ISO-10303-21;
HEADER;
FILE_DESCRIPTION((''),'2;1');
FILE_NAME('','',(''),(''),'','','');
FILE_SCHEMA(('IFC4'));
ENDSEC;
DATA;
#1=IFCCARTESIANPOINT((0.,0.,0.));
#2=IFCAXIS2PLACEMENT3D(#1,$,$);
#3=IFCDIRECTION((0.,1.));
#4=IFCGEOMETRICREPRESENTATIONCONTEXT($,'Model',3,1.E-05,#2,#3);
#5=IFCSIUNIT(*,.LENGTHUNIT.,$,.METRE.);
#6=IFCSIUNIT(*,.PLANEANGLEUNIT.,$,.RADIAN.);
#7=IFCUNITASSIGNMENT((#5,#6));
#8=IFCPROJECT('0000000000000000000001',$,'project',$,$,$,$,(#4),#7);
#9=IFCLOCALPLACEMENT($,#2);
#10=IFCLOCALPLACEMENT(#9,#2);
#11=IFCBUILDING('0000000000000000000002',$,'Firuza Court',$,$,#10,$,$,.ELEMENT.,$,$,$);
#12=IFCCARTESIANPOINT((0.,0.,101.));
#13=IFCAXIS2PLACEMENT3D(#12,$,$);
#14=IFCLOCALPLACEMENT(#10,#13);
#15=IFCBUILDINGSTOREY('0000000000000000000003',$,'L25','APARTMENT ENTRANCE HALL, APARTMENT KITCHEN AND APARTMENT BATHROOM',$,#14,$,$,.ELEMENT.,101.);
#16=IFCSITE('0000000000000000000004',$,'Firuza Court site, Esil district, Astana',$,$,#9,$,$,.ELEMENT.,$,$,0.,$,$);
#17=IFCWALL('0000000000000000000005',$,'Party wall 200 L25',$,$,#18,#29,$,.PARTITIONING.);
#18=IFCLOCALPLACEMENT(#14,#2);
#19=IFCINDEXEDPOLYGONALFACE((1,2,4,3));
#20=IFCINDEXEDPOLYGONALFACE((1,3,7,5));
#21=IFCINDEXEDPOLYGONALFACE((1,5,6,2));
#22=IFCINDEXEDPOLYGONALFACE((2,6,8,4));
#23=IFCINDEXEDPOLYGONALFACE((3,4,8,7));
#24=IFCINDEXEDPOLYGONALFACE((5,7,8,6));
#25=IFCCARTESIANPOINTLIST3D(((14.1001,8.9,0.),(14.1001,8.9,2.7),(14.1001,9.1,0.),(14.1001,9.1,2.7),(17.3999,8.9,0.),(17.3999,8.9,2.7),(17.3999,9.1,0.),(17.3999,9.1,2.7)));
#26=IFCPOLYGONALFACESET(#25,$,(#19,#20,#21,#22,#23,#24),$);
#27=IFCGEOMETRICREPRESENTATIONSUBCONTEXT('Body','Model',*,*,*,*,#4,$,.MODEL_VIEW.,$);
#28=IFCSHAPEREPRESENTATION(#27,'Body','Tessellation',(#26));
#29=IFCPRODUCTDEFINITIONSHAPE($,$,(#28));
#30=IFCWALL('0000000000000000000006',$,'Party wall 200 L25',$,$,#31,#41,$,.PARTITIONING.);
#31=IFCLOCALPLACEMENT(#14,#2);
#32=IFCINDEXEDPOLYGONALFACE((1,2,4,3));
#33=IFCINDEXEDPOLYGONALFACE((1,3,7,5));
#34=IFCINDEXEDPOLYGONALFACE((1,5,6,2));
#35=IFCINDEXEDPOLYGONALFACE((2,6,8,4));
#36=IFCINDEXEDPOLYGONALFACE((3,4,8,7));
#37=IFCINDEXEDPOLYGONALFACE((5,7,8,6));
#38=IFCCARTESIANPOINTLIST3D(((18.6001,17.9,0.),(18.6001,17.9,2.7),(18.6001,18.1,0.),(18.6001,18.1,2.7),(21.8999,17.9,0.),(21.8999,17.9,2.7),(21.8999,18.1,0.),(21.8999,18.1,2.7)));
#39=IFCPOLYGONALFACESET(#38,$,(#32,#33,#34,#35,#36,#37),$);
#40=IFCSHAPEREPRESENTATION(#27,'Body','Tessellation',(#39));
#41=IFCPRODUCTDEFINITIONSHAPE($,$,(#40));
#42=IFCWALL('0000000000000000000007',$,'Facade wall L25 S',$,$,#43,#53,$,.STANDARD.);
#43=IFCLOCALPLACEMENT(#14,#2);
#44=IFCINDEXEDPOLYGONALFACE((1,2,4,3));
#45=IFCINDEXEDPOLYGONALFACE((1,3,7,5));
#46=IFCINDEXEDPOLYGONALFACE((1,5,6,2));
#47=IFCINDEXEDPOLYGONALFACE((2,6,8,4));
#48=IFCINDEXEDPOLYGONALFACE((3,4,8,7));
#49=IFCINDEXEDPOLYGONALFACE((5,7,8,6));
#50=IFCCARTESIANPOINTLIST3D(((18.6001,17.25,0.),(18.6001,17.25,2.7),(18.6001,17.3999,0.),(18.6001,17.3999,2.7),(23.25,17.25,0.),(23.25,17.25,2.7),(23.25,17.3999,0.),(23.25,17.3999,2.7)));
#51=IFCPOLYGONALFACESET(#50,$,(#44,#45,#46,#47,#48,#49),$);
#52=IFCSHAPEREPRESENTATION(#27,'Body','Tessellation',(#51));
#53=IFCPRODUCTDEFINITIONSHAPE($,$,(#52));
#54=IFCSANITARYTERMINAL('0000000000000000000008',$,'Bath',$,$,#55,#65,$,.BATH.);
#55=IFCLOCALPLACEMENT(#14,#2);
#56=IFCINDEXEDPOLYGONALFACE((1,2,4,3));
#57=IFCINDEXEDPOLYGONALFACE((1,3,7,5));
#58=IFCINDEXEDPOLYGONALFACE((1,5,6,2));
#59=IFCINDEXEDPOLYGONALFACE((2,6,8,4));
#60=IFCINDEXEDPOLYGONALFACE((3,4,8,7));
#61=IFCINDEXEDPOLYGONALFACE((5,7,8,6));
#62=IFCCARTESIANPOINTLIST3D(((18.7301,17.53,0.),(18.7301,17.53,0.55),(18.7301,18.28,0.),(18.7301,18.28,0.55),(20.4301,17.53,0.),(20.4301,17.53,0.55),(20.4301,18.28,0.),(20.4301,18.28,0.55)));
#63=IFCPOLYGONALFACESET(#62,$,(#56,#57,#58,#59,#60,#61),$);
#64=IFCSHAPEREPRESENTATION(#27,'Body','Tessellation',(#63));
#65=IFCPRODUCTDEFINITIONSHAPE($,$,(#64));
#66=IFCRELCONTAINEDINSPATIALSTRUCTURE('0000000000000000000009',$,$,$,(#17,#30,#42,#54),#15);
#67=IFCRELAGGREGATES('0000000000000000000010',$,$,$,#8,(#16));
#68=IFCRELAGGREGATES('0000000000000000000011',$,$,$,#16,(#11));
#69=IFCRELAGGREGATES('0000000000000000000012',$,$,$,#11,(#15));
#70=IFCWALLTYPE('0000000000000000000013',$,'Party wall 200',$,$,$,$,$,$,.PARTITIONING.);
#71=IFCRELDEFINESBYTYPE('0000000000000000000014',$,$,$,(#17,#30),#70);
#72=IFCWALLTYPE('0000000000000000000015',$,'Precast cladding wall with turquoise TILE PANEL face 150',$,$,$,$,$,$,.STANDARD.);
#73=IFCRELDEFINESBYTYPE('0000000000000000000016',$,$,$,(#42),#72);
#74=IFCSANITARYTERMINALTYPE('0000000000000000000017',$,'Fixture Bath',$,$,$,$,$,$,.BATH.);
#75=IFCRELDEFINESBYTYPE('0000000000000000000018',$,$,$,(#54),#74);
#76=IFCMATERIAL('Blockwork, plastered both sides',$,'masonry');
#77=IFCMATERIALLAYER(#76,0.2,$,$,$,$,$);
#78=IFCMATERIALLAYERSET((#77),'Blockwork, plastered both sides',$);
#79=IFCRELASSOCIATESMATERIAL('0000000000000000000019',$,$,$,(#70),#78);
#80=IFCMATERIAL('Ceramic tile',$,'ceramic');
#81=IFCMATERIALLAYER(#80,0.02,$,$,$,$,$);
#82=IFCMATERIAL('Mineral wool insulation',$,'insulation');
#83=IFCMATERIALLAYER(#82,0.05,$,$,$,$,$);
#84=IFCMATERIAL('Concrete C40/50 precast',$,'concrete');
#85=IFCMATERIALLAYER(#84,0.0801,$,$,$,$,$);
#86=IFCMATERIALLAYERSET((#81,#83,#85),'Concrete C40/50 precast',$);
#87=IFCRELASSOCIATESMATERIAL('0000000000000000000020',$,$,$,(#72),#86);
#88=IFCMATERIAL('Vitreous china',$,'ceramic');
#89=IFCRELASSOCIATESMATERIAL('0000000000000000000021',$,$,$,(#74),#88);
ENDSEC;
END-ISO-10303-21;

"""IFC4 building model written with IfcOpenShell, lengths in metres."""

from ifc_helpers import new_model, si_unit, direction, frame, frame_2d, origin, origin_2d, place, context, subcontext, project, spatial, rectangle, extrude, material, layer, layer_set, type_object, element, save


model = new_model("IFC4")

# Units and contexts
model_context = context("Model", 3, precision=1e-05, world=origin(), true_north=direction((0.0, 1.0)))
body_context = subcontext(model_context, "Body", "Model", "MODEL_VIEW")
ifc_project = project(units=[si_unit("LENGTHUNIT", "METRE"), si_unit("PLANEANGLEUNIT", "RADIAN")], contexts=[model_context])

# Site, building, storey
site_placement = place(None, origin())
site = spatial("IfcSite", under=ifc_project, at=site_placement, Name="Firuza Court site, Esil district, Astana", CompositionType="ELEMENT", RefElevation=0.0)
building_placement = place(site_placement, origin())
building = spatial("IfcBuilding", under=site, at=building_placement, Name="Firuza Court", CompositionType="ELEMENT")
storey_placement = place(building_placement, frame((0.0, 0.0, 101.0)))
storey = spatial("IfcBuildingStorey", under=building, at=storey_placement, Name="L25", Description="APARTMENT ENTRANCE HALL, APARTMENT KITCHEN AND APARTMENT BATHROOM", CompositionType="ELEMENT", Elevation=101.0)

# Walls
ifc_material_1 = material(Name="Blockwork, plastered both sides", Category="masonry")
ifc_layer_1 = layer(ifc_material_1, 0.2)
ifc_layer_set_1 = layer_set([ifc_layer_1], Name="Blockwork, plastered both sides")
wall_type_1 = type_object("IfcWallType", Name="Party wall 200", PredefinedType="PARTITIONING", material=ifc_layer_set_1)
for number, where, z_axis, x_axis, name in (
    (1, (14.1001, 9.0, 0.0), (0.0, 0.0, 1.0), (1.0, 0.0, 0.0), "Party wall 200 L25"),
    (2, (18.6001, 18.0, 0.0), (0.0, 0.0, 1.0), (1.0, 0.0, 0.0), "Party wall 200 L25"),
):
    element("IfcWall", number, at=place(storey_placement, frame(where, z_axis=z_axis, x_axis=x_axis)), inside=storey, type_object=wall_type_1, Name=name, PredefinedType="PARTITIONING", context=body_context, shape_type="SweptSolid", body=[
        extrude(rectangle(XDim=3.2998, YDim=0.2, at=frame_2d((1.6499, 0.0))), origin(), (0.0, 0.0, 1.0), 2.7),
    ])
ifc_material_2 = material(Name="Ceramic tile", Category="ceramic")
ifc_layer_2 = layer(ifc_material_2, 0.02)
ifc_material_3 = material(Name="Mineral wool insulation", Category="insulation")
ifc_layer_3 = layer(ifc_material_3, 0.05)
ifc_material_4 = material(Name="Concrete C40/50 precast", Category="concrete")
ifc_layer_4 = layer(ifc_material_4, 0.0801)
ifc_layer_set_2 = layer_set([ifc_layer_2, ifc_layer_3, ifc_layer_4], Name="Concrete C40/50 precast")
wall_type_2 = type_object("IfcWallType", Name="Precast cladding wall with turquoise TILE PANEL face 150", PredefinedType="STANDARD", material=ifc_layer_set_2)
wall_1_placement = place(storey_placement, frame((18.6001, 17.325, 0.0), z_axis=(0.0, 0.0, 1.0), x_axis=(1.0, 0.0, 0.0)))
element("IfcWall", 3, at=wall_1_placement, inside=storey, type_object=wall_type_2, Name="Facade wall L25 S", PredefinedType="STANDARD", context=body_context, shape_type="SweptSolid", body=[
    extrude(rectangle(XDim=4.6499, YDim=0.1499, at=frame_2d((2.325, 0.0))), origin(), (0.0, 0.0, 1.0), 2.7),
])

# Sanitary terminal
ifc_material_5 = material(Name="Vitreous china", Category="ceramic")
sanitary_terminal_type = type_object("IfcSanitaryTerminalType", Name="Fixture Bath", PredefinedType="BATH", material=ifc_material_5)
sanitary_terminal_placement = place(storey_placement, frame((19.5801, 17.905, 0.0), z_axis=(0.0, 0.0, 1.0), x_axis=(1.0, 0.0, 0.0)))
element("IfcSanitaryTerminal", 4, at=sanitary_terminal_placement, inside=storey, type_object=sanitary_terminal_type, Name="Bath", PredefinedType="BATH", context=body_context, shape_type="SweptSolid", body=[
    extrude(rectangle(XDim=1.7, YDim=0.75, at=origin_2d()), origin(), (0.0, 0.0, 1.0), 0.55),
])

save(model, "model.ifc")
